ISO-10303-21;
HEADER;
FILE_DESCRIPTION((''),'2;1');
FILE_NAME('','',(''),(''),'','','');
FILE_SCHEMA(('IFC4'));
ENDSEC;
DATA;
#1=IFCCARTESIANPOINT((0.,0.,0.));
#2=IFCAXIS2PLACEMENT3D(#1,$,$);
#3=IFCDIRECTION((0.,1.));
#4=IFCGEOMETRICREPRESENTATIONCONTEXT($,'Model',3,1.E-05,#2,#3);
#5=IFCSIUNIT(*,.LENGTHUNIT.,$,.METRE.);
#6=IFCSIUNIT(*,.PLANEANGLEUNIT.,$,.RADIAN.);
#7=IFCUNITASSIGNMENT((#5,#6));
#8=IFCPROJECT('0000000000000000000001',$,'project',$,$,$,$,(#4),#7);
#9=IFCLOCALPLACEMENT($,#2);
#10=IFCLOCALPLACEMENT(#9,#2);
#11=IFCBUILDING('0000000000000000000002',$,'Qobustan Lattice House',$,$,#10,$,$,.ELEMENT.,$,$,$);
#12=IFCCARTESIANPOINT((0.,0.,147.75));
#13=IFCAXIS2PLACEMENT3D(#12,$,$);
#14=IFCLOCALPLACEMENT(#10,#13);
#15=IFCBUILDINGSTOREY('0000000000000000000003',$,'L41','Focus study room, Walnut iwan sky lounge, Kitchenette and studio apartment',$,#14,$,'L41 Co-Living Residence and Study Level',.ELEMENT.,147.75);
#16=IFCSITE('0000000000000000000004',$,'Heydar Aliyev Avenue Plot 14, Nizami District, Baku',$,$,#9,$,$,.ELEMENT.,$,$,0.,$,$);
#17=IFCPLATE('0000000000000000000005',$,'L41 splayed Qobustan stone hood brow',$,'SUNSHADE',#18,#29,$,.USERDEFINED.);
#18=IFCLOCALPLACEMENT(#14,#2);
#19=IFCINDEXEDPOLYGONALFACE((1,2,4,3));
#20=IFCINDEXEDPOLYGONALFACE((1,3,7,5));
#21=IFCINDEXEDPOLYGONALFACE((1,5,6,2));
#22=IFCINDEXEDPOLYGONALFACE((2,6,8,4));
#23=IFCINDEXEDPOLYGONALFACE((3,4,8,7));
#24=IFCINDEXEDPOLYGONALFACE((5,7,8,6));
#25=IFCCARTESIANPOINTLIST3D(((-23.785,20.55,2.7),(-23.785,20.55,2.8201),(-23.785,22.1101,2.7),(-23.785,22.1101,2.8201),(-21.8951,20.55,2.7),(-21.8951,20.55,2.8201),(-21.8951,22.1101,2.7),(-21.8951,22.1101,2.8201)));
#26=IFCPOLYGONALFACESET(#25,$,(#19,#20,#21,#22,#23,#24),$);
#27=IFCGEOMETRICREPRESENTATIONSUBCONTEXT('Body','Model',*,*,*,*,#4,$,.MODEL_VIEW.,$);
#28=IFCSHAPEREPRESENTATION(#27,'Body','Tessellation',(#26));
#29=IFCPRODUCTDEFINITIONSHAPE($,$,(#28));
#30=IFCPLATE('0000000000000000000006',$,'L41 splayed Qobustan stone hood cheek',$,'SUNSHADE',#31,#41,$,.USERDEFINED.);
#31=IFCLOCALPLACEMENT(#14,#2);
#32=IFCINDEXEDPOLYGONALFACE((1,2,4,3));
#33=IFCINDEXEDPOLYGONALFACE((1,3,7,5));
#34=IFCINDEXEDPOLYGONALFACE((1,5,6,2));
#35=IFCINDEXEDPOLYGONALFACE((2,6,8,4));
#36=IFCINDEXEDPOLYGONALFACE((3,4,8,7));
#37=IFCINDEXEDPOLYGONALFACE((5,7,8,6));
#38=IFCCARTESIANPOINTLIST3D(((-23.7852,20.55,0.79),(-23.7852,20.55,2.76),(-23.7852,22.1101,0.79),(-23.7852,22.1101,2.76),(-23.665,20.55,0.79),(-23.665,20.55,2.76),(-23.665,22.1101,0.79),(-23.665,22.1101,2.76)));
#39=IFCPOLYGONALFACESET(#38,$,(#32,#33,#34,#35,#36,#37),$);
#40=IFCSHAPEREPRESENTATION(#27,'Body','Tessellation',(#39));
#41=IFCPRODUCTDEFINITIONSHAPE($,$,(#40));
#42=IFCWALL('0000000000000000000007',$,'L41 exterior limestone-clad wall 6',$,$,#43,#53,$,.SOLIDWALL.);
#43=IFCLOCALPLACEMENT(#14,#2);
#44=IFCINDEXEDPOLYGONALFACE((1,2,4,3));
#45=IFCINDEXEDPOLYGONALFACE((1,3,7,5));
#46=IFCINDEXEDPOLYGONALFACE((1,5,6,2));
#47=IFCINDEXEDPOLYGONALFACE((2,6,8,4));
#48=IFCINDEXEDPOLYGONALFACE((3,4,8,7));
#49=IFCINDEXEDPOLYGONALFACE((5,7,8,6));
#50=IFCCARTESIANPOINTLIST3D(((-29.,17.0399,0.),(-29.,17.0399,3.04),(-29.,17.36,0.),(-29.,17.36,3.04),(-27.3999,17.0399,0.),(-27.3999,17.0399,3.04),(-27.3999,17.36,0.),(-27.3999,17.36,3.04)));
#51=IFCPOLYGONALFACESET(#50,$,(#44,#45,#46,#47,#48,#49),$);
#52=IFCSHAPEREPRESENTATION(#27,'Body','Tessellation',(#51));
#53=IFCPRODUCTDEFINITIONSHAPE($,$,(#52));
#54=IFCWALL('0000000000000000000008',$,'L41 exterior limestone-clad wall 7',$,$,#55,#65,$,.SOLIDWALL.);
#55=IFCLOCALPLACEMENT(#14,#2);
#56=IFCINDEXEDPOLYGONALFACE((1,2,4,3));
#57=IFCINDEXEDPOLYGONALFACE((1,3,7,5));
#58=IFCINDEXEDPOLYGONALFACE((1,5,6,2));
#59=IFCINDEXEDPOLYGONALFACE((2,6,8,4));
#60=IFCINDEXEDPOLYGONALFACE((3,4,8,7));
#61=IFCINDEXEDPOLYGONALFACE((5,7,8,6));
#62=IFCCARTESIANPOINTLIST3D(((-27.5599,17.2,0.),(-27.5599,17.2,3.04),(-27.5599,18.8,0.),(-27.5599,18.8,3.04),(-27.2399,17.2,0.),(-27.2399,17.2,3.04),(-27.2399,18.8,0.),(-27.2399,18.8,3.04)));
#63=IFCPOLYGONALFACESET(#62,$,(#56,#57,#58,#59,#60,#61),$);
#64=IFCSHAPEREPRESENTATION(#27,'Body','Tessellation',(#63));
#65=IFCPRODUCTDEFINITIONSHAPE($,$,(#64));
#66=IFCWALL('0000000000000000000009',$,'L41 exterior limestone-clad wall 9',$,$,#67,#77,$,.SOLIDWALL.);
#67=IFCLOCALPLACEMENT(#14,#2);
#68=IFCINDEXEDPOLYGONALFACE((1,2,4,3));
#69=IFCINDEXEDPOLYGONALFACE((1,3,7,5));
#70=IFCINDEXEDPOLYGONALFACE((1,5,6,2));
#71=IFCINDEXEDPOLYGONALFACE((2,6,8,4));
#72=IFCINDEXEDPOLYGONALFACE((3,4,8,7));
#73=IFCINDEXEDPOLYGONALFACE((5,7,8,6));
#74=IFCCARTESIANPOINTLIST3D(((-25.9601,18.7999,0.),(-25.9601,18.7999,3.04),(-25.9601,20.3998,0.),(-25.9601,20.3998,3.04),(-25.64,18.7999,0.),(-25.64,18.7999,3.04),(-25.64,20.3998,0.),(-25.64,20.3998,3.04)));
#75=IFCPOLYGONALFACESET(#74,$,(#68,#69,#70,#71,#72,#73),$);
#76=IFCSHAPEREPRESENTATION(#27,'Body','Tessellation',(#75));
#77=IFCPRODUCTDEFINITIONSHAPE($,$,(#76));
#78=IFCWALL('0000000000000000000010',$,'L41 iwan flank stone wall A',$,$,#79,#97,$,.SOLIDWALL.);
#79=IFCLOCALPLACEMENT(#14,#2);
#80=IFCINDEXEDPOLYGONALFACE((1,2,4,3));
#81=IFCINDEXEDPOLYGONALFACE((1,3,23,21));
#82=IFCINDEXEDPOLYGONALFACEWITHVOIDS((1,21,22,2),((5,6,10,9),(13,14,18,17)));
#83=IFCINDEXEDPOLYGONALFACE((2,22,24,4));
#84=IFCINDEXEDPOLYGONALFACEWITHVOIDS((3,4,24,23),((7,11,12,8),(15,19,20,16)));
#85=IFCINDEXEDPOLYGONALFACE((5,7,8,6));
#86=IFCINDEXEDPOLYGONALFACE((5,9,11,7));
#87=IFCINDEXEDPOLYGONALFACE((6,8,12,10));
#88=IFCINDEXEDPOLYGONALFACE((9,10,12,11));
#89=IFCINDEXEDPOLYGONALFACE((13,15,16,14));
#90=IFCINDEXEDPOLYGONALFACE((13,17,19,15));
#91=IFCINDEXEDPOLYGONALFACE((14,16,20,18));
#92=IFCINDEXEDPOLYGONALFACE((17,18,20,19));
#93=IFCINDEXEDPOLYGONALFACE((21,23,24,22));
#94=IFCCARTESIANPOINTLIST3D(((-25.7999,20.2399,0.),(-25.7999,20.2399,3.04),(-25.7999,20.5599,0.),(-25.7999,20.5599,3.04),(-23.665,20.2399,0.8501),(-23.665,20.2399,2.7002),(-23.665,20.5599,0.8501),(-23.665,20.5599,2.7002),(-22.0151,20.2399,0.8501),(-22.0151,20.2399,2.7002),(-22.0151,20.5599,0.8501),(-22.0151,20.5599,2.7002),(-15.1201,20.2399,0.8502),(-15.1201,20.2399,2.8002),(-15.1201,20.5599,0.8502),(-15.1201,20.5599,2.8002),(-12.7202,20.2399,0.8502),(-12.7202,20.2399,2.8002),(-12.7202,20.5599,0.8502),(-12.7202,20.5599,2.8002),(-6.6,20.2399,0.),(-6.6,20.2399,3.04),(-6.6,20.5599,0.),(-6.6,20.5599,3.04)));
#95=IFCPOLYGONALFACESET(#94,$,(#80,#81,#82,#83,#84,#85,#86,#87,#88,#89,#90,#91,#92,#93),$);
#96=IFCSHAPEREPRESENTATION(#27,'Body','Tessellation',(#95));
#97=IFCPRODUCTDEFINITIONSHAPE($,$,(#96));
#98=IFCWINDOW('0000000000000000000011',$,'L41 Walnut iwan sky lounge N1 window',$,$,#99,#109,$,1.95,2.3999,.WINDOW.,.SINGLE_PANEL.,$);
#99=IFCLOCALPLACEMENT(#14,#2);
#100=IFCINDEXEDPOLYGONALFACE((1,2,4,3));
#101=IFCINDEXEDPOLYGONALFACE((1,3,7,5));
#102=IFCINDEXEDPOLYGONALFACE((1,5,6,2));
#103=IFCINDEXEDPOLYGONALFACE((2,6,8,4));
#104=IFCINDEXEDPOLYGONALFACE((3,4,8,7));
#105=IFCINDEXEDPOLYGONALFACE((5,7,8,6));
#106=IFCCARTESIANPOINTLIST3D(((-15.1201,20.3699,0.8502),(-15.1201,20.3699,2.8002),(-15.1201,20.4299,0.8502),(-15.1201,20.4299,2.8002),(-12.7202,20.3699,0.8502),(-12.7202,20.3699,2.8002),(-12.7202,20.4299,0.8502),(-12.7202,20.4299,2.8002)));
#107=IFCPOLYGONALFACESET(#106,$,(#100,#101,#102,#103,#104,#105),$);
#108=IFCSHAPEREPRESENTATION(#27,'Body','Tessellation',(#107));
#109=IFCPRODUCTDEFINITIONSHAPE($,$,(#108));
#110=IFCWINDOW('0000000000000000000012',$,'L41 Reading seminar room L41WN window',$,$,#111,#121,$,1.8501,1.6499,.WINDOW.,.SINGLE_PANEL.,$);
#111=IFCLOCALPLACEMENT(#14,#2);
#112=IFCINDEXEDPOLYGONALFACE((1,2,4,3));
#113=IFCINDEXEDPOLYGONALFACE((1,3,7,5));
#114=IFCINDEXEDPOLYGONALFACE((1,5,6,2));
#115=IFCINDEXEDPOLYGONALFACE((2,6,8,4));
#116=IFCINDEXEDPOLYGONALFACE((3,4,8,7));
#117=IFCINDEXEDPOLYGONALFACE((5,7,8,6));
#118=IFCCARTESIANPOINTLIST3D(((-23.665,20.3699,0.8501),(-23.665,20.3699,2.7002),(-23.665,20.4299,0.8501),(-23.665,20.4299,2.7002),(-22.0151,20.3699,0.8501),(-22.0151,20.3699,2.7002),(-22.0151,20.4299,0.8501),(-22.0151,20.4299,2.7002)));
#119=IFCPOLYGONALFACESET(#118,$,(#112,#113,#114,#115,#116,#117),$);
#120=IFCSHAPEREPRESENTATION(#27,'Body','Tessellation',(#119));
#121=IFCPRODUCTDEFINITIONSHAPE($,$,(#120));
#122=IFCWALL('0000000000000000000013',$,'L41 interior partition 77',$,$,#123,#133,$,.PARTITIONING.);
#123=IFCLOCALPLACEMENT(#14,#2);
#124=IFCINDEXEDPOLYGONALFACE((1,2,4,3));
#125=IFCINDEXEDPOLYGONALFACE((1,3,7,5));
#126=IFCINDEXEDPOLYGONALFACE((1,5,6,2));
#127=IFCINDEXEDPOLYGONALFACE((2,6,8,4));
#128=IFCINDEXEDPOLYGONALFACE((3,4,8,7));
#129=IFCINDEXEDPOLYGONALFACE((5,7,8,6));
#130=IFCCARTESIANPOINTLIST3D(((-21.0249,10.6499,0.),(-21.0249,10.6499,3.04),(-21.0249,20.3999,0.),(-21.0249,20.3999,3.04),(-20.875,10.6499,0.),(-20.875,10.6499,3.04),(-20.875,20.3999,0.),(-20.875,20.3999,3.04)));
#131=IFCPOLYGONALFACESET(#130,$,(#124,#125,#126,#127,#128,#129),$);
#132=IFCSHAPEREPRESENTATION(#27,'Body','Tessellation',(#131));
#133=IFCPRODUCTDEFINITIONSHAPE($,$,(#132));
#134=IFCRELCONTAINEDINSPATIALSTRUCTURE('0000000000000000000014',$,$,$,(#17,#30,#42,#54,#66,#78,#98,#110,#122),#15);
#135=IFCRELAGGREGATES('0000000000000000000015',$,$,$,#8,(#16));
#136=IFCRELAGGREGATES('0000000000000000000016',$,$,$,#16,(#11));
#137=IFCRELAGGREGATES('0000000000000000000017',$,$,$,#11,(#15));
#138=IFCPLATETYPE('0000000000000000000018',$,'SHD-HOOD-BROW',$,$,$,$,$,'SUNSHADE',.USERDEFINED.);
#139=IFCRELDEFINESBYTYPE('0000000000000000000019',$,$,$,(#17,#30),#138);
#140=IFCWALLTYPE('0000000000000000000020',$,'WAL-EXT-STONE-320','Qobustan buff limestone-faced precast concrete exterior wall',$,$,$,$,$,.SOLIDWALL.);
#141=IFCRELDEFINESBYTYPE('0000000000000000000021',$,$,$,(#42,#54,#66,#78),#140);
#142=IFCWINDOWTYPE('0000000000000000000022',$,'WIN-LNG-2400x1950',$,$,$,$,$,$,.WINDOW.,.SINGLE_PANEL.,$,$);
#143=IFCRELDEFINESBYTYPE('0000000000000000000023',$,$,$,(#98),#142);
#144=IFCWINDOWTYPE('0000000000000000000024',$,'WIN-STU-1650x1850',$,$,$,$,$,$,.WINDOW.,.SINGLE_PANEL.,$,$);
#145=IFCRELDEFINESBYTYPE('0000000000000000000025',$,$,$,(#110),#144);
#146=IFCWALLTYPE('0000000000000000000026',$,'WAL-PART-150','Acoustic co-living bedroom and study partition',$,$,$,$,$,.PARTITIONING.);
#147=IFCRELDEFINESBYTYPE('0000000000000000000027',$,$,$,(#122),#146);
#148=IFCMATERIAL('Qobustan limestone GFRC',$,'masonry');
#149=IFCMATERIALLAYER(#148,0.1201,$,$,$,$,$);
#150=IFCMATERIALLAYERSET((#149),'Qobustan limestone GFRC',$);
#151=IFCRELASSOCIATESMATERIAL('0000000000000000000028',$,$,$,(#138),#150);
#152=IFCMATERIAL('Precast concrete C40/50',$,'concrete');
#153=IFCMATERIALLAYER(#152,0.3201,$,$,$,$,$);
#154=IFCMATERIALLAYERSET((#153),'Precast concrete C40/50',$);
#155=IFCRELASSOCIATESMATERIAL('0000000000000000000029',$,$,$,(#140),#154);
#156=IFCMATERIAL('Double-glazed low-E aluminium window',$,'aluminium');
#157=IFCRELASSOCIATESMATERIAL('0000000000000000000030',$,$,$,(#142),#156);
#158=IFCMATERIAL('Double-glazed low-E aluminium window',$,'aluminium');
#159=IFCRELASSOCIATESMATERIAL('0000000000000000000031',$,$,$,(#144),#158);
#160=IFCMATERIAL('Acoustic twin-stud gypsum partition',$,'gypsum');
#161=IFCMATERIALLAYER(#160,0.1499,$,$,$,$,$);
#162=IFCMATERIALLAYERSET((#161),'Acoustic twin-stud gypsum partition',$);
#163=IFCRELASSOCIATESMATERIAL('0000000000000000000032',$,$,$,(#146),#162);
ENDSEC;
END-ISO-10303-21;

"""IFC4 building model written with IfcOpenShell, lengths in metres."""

from ifc_helpers import new_model, si_unit, direction, frame, frame_2d, origin, origin_2d, place, context, subcontext, project, spatial, rectangle, extrude, material, layer, layer_set, type_object, element, fill, save


model = new_model("IFC4")

# Units and contexts
model_context = context("Model", 3, precision=1e-05, world=origin(), true_north=direction((0.0, 1.0)))
body_context = subcontext(model_context, "Body", "Model", "MODEL_VIEW")
ifc_project = project(units=[si_unit("LENGTHUNIT", "METRE"), si_unit("PLANEANGLEUNIT", "RADIAN")], contexts=[model_context])

# Site, building, storey
site_placement = place(None, origin())
site = spatial("IfcSite", under=ifc_project, at=site_placement, Name="Heydar Aliyev Avenue Plot 14, Nizami District, Baku", CompositionType="ELEMENT", RefElevation=0.0)
building_placement = place(site_placement, origin())
building = spatial("IfcBuilding", under=site, at=building_placement, Name="Qobustan Lattice House", CompositionType="ELEMENT")
storey_placement = place(building_placement, frame((0.0, 0.0, 147.75)))
storey = spatial("IfcBuildingStorey", under=building, at=storey_placement, Name="L41", Description="Focus study room, Walnut iwan sky lounge, Kitchenette and studio apartment", LongName="L41 Co-Living Residence and Study Level", CompositionType="ELEMENT", Elevation=147.75)

# Plates
ifc_material_1 = material(Name="Qobustan limestone GFRC", Category="masonry")
ifc_layer_1 = layer(ifc_material_1, 0.1201)
ifc_layer_set_1 = layer_set([ifc_layer_1], Name="Qobustan limestone GFRC")
plate_type_1 = type_object("IfcPlateType", Name="SHD-HOOD-BROW", ElementType="SUNSHADE", PredefinedType="USERDEFINED", material=ifc_layer_set_1)
plate_1_placement = place(storey_placement, frame((-22.8401, 21.3301, 2.7), z_axis=(0.0, 0.0, 1.0), x_axis=(1.0, 0.0, 0.0)))
element("IfcPlate", 1, at=plate_1_placement, inside=storey, type_object=plate_type_1, Name="L41 splayed Qobustan stone hood brow", ObjectType="SUNSHADE", PredefinedType="USERDEFINED", context=body_context, shape_type="SweptSolid", body=[
    extrude(rectangle(XDim=1.8899, YDim=1.5601, at=origin_2d()), origin(), (0.0, 0.0, 1.0), 0.1201),
])
plate_2_placement = place(storey_placement, frame((-23.7251, 21.3301, 0.79), z_axis=(0.0, 0.0, 1.0), x_axis=(1.0, 0.0, 0.0)))
element("IfcPlate", 2, at=plate_2_placement, inside=storey, type_object=plate_type_1, Name="L41 splayed Qobustan stone hood cheek", ObjectType="SUNSHADE", PredefinedType="USERDEFINED", context=body_context, shape_type="SweptSolid", body=[
    extrude(rectangle(XDim=0.1201, YDim=1.5601, at=origin_2d()), origin(), (0.0, 0.0, 1.0), 1.97),
])

# Walls
ifc_material_2 = material(Name="Precast concrete C40/50", Category="concrete")
ifc_layer_2 = layer(ifc_material_2, 0.3201)
ifc_layer_set_2 = layer_set([ifc_layer_2], Name="Precast concrete C40/50")
wall_type_1 = type_object("IfcWallType", Name="WAL-EXT-STONE-320", Description="Qobustan buff limestone-faced precast concrete exterior wall", PredefinedType="SOLIDWALL", material=ifc_layer_set_2)
for number, where, z_axis, x_axis, name in (
    (3, (-29.0, 17.2, 0.0), (0.0, 0.0, 1.0), (1.0, 0.0, 0.0), "L41 exterior limestone-clad wall 6"),
    (4, (-27.3999, 17.2, 0.0), (0.0, 0.0, 1.0), (0.0, 1.0, 0.0), "L41 exterior limestone-clad wall 7"),
):
    element("IfcWall", number, at=place(storey_placement, frame(where, z_axis=z_axis, x_axis=x_axis)), inside=storey, type_object=wall_type_1, Name=name, PredefinedType="SOLIDWALL", context=body_context, shape_type="SweptSolid", body=[
        extrude(rectangle(XDim=1.6001, YDim=0.3201, at=frame_2d((0.8, 0.0))), origin(), (0.0, 0.0, 1.0), 3.04),
    ])
wall_1_placement = place(storey_placement, frame((-25.8, 18.8, 0.0), z_axis=(0.0, 0.0, 1.0), x_axis=(0.0, 1.0, 0.0)))
element("IfcWall", 5, at=wall_1_placement, inside=storey, type_object=wall_type_1, Name="L41 exterior limestone-clad wall 9", PredefinedType="SOLIDWALL", context=body_context, shape_type="SweptSolid", body=[
    extrude(rectangle(XDim=1.5999, YDim=0.3201, at=frame_2d((0.7998, 0.0))), origin(), (0.0, 0.0, 1.0), 3.04),
])

# Wall, openings, windows
wall_2_placement = place(storey_placement, frame((-25.8, 20.3999, 0.0), z_axis=(0.0, 0.0, 1.0), x_axis=(1.0, 0.0, 0.0)))
wall_2 = element("IfcWall", 6, at=wall_2_placement, inside=storey, type_object=wall_type_1, Name="L41 iwan flank stone wall A", PredefinedType="SOLIDWALL", context=body_context, shape_type="SweptSolid", body=[
    extrude(rectangle(XDim=19.2, YDim=0.3201, at=frame_2d((9.6001, 0.0))), origin(), (0.0, 0.0, 1.0), 3.04),
])
opening_1_placement = place(wall_2_placement, frame((2.135, 0.0, 0.8501)))
opening_1 = element("IfcOpeningElement", 7, at=opening_1_placement, cuts=wall_2, PredefinedType="OPENING", context=body_context, shape_type="SweptSolid", body=[
    extrude(rectangle(XDim=1.6499, YDim=1.8501, at=frame_2d((0.825, 0.925))), frame((0.0, 0.1699, 0.0), z_axis=(0.0, -1.0, 0.0), x_axis=(1.0, 0.0, 0.0)), (0.0, 0.0, 1.0), 0.3401),
])
opening_2_placement = place(wall_2_placement, frame((10.6799, 0.0, 0.8501)))
opening_2 = element("IfcOpeningElement", 8, at=opening_2_placement, cuts=wall_2, PredefinedType="OPENING", context=body_context, shape_type="SweptSolid", body=[
    extrude(rectangle(XDim=2.3999, YDim=1.95, at=frame_2d((1.2, 0.9751))), frame((0.0, 0.1699, 0.0), z_axis=(0.0, -1.0, 0.0), x_axis=(1.0, 0.0, 0.0)), (0.0, 0.0, 1.0), 0.3401),
])
ifc_material_3 = material(Name="Double-glazed low-E aluminium window", Category="aluminium")
window_type_1 = type_object("IfcWindowType", Name="WIN-LNG-2400x1950", PartitioningType="SINGLE_PANEL", PredefinedType="WINDOW", material=ifc_material_3)
window_1_placement = place(opening_2_placement, origin())
window_1 = element("IfcWindow", 9, at=window_1_placement, inside=storey, type_object=window_type_1, Name="L41 Walnut iwan sky lounge N1 window", OverallHeight=1.95, OverallWidth=2.3999, PartitioningType="SINGLE_PANEL", PredefinedType="WINDOW", context=body_context, shape_type="SweptSolid", body=[
    extrude(rectangle(XDim=2.3999, YDim=1.95, at=frame_2d((1.2, 0.9751))), frame((0.0, 0.03, 0.0), z_axis=(0.0, -1.0, 0.0), x_axis=(1.0, 0.0, 0.0)), (0.0, 0.0, 1.0), 0.0601),
])
fill(opening_2, window_1)
ifc_material_4 = material(Name="Double-glazed low-E aluminium window", Category="aluminium")
window_type_2 = type_object("IfcWindowType", Name="WIN-STU-1650x1850", PartitioningType="SINGLE_PANEL", PredefinedType="WINDOW", material=ifc_material_4)
window_2_placement = place(opening_1_placement, origin())
window_2 = element("IfcWindow", 10, at=window_2_placement, inside=storey, type_object=window_type_2, Name="L41 Reading seminar room L41WN window", OverallHeight=1.8501, OverallWidth=1.6499, PartitioningType="SINGLE_PANEL", PredefinedType="WINDOW", context=body_context, shape_type="SweptSolid", body=[
    extrude(rectangle(XDim=1.6499, YDim=1.8501, at=frame_2d((0.825, 0.925))), frame((0.0, 0.03, 0.0), z_axis=(0.0, -1.0, 0.0), x_axis=(1.0, 0.0, 0.0)), (0.0, 0.0, 1.0), 0.0601),
])
fill(opening_1, window_2)

# Wall
ifc_material_5 = material(Name="Acoustic twin-stud gypsum partition", Category="gypsum")
ifc_layer_3 = layer(ifc_material_5, 0.1499)
ifc_layer_set_3 = layer_set([ifc_layer_3], Name="Acoustic twin-stud gypsum partition")
wall_type_2 = type_object("IfcWallType", Name="WAL-PART-150", Description="Acoustic co-living bedroom and study partition", PredefinedType="PARTITIONING", material=ifc_layer_set_3)
wall_3_placement = place(storey_placement, frame((-20.95, 20.3999, 0.0), z_axis=(0.0, 0.0, 1.0), x_axis=(0.0, -1.0, 0.0)))
element("IfcWall", 11, at=wall_3_placement, inside=storey, type_object=wall_type_2, Name="L41 interior partition 77", PredefinedType="PARTITIONING", context=body_context, shape_type="SweptSolid", body=[
    extrude(rectangle(XDim=9.75, YDim=0.1499, at=frame_2d((4.875, 0.0))), origin(), (0.0, 0.0, 1.0), 3.04),
])

save(model, "model.ifc")
